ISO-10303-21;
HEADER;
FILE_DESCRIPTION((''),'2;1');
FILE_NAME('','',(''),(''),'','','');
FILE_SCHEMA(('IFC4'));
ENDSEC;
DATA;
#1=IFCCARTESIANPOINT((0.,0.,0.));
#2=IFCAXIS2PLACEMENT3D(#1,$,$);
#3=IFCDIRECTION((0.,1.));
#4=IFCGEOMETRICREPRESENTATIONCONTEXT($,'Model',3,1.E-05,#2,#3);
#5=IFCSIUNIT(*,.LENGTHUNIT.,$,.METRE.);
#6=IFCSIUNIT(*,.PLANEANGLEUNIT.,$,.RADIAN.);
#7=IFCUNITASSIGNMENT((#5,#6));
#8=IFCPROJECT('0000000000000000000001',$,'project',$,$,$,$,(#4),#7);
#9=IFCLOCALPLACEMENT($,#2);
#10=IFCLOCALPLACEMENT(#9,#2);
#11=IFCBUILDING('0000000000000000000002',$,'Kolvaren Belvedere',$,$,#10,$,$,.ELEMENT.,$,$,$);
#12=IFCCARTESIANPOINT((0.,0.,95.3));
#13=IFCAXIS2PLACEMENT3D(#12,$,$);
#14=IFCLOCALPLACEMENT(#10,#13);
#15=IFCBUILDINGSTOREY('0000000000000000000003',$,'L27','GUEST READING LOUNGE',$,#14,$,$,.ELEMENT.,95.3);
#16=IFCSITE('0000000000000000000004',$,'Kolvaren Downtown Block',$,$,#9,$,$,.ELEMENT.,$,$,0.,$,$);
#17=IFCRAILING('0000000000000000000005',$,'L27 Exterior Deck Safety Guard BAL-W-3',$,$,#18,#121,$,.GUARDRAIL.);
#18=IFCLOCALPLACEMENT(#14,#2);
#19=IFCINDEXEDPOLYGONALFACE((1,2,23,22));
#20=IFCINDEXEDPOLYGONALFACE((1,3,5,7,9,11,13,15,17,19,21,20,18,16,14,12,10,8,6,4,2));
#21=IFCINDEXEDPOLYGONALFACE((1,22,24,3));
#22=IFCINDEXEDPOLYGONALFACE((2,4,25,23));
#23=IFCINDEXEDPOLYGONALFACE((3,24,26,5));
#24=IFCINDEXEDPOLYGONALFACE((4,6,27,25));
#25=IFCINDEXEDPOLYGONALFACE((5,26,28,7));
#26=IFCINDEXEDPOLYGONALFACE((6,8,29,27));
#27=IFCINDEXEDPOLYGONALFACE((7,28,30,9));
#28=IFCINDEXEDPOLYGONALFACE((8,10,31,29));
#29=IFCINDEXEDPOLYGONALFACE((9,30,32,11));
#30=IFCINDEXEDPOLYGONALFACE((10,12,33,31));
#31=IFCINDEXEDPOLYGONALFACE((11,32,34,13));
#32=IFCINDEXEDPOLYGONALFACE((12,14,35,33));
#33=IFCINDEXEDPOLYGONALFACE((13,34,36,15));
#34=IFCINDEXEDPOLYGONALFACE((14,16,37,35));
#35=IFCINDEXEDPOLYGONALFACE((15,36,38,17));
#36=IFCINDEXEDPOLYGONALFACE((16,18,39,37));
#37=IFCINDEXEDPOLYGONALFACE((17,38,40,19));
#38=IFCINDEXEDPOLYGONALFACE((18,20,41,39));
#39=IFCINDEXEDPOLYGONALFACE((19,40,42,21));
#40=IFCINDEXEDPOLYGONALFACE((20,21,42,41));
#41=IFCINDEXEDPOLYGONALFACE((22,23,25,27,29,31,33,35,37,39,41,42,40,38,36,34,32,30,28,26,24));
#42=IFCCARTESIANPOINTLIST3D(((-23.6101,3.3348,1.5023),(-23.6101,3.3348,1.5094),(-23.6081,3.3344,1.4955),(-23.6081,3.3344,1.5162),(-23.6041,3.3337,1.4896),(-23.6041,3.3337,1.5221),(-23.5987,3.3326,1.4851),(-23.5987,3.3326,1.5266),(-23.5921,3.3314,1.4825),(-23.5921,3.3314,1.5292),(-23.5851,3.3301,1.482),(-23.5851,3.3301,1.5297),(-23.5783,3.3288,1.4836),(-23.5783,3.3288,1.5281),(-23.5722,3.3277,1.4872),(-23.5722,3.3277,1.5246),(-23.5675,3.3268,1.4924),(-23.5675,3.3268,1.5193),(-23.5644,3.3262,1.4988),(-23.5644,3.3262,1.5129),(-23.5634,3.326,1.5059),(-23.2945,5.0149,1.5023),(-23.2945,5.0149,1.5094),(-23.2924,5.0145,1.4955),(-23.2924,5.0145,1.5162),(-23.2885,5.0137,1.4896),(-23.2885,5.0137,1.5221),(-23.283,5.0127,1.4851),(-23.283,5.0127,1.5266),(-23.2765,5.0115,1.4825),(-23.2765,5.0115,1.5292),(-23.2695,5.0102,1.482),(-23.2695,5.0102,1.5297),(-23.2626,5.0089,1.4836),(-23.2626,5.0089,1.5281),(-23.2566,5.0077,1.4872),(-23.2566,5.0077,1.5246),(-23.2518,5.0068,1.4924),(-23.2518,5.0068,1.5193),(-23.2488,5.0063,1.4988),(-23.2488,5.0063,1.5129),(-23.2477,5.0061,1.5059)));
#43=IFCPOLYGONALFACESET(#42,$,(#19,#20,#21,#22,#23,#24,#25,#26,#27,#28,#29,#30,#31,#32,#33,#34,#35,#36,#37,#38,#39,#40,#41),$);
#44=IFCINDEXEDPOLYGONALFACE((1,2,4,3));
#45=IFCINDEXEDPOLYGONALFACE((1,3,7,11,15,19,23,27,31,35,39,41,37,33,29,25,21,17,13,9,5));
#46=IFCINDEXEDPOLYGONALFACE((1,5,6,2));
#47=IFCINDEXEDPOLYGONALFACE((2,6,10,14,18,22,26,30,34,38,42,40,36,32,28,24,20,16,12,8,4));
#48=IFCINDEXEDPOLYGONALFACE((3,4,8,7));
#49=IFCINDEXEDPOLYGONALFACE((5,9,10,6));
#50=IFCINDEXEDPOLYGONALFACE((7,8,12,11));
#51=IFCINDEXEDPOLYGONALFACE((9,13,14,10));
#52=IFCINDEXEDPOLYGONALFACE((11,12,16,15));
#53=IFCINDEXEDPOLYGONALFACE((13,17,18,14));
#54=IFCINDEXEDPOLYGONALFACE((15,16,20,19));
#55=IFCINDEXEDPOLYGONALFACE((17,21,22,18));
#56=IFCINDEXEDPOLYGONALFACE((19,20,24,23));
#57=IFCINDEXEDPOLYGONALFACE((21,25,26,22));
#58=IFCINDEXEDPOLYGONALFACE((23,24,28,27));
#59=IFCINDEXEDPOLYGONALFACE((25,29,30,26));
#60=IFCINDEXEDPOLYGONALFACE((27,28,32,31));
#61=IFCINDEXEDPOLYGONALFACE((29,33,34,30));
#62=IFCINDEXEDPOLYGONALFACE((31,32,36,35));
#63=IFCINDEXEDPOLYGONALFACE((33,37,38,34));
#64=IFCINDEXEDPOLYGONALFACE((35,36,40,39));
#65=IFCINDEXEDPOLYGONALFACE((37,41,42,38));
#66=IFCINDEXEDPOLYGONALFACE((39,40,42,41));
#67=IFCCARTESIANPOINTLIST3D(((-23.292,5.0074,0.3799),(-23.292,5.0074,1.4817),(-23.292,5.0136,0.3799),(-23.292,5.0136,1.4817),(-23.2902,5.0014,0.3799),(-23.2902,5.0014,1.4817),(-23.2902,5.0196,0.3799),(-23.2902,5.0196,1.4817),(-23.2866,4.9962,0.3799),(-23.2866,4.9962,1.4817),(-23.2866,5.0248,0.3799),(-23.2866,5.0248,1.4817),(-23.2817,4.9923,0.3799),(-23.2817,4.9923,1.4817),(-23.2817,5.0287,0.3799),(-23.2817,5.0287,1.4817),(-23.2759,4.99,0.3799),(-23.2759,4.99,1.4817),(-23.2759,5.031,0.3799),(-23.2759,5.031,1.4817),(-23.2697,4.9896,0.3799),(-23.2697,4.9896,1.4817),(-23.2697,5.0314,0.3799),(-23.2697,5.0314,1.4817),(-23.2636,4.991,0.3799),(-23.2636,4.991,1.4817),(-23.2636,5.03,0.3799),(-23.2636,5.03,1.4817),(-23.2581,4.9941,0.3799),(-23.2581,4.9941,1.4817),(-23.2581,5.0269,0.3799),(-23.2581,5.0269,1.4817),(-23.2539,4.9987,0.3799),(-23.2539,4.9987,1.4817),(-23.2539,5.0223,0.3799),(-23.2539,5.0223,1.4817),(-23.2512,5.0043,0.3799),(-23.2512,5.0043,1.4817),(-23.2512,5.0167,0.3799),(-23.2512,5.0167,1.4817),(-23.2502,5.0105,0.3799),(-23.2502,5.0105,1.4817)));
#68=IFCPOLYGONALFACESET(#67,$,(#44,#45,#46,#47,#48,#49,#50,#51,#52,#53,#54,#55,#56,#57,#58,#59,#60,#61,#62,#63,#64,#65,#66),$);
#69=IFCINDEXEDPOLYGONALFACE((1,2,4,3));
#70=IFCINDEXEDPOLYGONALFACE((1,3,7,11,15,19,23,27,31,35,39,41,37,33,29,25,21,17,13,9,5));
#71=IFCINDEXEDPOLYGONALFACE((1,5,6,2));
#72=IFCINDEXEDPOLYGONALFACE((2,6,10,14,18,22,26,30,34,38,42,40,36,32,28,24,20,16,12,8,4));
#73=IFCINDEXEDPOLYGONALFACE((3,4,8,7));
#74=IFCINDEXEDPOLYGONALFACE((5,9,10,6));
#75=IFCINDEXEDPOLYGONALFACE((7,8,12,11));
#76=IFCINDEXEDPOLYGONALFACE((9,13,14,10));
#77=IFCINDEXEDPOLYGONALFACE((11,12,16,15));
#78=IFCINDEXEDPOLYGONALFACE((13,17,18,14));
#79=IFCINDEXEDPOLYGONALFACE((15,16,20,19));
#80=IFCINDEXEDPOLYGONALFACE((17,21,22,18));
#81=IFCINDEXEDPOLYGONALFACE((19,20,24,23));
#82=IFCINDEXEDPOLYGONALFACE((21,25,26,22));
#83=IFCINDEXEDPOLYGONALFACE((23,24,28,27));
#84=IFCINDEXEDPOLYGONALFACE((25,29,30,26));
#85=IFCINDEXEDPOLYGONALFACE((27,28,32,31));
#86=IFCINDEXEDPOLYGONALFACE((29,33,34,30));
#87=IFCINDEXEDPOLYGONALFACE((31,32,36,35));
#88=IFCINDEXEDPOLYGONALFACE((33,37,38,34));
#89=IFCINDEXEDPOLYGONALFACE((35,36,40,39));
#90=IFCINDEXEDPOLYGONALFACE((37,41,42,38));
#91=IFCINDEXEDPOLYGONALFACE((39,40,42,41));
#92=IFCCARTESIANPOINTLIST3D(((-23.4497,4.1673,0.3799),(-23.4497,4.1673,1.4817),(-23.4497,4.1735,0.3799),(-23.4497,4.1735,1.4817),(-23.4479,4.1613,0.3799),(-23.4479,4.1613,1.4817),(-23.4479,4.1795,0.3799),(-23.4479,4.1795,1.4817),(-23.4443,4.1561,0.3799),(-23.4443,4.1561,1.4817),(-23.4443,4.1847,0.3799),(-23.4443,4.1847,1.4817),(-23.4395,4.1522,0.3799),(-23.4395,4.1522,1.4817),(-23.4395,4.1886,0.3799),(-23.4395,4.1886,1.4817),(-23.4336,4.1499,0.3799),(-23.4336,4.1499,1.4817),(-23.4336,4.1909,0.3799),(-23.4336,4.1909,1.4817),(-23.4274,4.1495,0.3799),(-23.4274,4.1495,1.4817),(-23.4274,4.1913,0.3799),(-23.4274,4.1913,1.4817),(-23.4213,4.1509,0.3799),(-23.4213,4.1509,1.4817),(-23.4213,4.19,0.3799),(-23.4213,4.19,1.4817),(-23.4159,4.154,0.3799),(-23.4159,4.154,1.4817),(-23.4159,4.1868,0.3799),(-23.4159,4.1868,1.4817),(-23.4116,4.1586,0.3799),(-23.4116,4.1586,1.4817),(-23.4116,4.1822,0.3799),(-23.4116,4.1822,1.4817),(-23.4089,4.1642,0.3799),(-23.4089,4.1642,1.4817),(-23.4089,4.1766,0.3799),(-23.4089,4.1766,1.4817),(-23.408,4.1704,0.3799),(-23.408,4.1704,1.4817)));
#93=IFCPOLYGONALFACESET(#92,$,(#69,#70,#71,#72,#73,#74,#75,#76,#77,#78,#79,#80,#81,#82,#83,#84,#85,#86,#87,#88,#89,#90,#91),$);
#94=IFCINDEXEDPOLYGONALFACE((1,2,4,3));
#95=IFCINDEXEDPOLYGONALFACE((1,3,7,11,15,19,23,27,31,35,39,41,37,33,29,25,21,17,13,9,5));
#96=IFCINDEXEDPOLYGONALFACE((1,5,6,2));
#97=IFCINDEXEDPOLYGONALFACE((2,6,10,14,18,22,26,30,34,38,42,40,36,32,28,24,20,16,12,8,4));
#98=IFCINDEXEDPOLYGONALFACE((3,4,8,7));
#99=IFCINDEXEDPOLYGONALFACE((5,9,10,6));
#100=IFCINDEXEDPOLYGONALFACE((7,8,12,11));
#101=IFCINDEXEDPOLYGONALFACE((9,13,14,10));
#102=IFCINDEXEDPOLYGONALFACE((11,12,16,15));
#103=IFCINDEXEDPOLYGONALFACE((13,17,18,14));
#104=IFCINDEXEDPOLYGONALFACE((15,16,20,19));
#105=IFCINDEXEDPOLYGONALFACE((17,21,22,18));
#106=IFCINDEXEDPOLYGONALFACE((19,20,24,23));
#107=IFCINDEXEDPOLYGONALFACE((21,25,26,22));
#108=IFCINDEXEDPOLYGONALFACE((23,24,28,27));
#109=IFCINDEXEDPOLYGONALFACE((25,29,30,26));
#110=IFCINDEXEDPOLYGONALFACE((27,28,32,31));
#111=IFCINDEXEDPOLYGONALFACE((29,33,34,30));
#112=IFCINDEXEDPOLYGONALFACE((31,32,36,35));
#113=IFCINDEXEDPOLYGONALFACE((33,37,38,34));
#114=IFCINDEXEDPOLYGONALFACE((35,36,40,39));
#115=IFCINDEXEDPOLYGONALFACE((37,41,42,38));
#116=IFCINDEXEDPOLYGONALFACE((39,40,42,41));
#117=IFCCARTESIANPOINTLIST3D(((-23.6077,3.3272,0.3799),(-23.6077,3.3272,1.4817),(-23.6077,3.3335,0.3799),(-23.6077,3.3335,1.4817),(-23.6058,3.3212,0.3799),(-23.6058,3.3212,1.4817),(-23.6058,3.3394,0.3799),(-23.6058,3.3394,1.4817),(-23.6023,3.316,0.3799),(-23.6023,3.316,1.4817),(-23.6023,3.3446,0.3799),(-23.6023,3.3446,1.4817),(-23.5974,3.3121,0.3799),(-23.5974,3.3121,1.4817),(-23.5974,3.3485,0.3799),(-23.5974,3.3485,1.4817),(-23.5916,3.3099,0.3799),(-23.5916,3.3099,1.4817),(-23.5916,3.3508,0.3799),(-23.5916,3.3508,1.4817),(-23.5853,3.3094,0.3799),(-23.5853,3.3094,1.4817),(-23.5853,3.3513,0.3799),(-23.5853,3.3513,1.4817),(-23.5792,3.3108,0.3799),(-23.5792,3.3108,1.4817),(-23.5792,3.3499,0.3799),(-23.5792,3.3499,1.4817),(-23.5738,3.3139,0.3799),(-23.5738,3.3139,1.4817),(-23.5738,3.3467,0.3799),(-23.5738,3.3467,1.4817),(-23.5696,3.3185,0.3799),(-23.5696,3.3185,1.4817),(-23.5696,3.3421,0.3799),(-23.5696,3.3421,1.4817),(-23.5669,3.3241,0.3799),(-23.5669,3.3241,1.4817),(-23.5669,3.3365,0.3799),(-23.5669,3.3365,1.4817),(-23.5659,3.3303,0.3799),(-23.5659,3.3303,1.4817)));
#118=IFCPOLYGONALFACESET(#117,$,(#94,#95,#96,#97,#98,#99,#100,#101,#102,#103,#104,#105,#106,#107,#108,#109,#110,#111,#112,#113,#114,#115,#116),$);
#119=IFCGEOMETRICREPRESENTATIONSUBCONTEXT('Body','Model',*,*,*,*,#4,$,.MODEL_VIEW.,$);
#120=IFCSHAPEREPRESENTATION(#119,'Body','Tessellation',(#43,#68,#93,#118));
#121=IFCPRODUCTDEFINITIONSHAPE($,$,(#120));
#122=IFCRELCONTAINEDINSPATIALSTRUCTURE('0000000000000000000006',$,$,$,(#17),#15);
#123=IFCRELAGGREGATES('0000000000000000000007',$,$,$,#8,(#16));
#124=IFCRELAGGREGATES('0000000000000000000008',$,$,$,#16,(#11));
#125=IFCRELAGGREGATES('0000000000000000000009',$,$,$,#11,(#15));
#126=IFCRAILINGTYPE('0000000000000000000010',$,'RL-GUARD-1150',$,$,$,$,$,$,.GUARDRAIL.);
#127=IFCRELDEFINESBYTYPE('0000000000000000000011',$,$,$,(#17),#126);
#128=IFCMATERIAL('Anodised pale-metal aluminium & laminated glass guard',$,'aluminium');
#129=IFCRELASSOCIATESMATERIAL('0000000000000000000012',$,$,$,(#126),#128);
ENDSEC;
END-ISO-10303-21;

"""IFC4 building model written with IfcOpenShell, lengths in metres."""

from ifc_helpers import new_model, si_unit, direction, frame, origin, origin_2d, place, context, subcontext, project, spatial, circle, extrude, material, type_object, element, save


model = new_model("IFC4")

# Units and contexts
model_context = context("Model", 3, precision=1e-05, world=origin(), true_north=direction((0.0, 1.0)))
body_context = subcontext(model_context, "Body", "Model", "MODEL_VIEW")
ifc_project = project(units=[si_unit("LENGTHUNIT", "METRE"), si_unit("PLANEANGLEUNIT", "RADIAN")], contexts=[model_context])

# Site, building, storey
site_placement = place(None, origin())
site = spatial("IfcSite", under=ifc_project, at=site_placement, Name="Kolvaren Downtown Block", CompositionType="ELEMENT", RefElevation=0.0)
building_placement = place(site_placement, origin())
building = spatial("IfcBuilding", under=site, at=building_placement, Name="Kolvaren Belvedere", CompositionType="ELEMENT")
storey_placement = place(building_placement, frame((0.0, 0.0, 95.3)))
storey = spatial("IfcBuildingStorey", under=building, at=storey_placement, Name="L27", Description="GUEST READING LOUNGE", CompositionType="ELEMENT", Elevation=95.3)

# Railing
ifc_material_1 = material(Name="Anodised pale-metal aluminium & laminated glass guard", Category="aluminium")
railing_type = type_object("IfcRailingType", Name="RL-GUARD-1150", PredefinedType="GUARDRAIL", material=ifc_material_1)
railing_1_placement = place(storey_placement, frame((-23.2712, 5.0105, 0.3799)))
element("IfcRailing", 1, at=railing_1_placement, inside=storey, type_object=railing_type, Name="L27 Exterior Deck Safety Guard BAL-W-3", PredefinedType="GUARDRAIL", context=body_context, shape_type="SweptSolid", body=[
    extrude(circle(Radius=0.0239, at=origin_2d()), frame((0.0, 0.0, 1.126), z_axis=(-0.184651, -0.982804, 0.0), x_axis=(0.982804, -0.184651, 0.0)), (0.0, 0.0, 1.0), 1.7095),
    extrude(circle(Radius=0.021, at=origin_2d()), origin(), (0.0, 0.0, 1.0), 1.1018),
    extrude(circle(Radius=0.021, at=origin_2d()), frame((-0.1577, -0.8401, 0.0)), (0.0, 0.0, 1.0), 1.1018),
    extrude(circle(Radius=0.021, at=origin_2d()), frame((-0.3157, -1.6802, 0.0)), (0.0, 0.0, 1.0), 1.1018),
])

save(model, "model.ifc")
